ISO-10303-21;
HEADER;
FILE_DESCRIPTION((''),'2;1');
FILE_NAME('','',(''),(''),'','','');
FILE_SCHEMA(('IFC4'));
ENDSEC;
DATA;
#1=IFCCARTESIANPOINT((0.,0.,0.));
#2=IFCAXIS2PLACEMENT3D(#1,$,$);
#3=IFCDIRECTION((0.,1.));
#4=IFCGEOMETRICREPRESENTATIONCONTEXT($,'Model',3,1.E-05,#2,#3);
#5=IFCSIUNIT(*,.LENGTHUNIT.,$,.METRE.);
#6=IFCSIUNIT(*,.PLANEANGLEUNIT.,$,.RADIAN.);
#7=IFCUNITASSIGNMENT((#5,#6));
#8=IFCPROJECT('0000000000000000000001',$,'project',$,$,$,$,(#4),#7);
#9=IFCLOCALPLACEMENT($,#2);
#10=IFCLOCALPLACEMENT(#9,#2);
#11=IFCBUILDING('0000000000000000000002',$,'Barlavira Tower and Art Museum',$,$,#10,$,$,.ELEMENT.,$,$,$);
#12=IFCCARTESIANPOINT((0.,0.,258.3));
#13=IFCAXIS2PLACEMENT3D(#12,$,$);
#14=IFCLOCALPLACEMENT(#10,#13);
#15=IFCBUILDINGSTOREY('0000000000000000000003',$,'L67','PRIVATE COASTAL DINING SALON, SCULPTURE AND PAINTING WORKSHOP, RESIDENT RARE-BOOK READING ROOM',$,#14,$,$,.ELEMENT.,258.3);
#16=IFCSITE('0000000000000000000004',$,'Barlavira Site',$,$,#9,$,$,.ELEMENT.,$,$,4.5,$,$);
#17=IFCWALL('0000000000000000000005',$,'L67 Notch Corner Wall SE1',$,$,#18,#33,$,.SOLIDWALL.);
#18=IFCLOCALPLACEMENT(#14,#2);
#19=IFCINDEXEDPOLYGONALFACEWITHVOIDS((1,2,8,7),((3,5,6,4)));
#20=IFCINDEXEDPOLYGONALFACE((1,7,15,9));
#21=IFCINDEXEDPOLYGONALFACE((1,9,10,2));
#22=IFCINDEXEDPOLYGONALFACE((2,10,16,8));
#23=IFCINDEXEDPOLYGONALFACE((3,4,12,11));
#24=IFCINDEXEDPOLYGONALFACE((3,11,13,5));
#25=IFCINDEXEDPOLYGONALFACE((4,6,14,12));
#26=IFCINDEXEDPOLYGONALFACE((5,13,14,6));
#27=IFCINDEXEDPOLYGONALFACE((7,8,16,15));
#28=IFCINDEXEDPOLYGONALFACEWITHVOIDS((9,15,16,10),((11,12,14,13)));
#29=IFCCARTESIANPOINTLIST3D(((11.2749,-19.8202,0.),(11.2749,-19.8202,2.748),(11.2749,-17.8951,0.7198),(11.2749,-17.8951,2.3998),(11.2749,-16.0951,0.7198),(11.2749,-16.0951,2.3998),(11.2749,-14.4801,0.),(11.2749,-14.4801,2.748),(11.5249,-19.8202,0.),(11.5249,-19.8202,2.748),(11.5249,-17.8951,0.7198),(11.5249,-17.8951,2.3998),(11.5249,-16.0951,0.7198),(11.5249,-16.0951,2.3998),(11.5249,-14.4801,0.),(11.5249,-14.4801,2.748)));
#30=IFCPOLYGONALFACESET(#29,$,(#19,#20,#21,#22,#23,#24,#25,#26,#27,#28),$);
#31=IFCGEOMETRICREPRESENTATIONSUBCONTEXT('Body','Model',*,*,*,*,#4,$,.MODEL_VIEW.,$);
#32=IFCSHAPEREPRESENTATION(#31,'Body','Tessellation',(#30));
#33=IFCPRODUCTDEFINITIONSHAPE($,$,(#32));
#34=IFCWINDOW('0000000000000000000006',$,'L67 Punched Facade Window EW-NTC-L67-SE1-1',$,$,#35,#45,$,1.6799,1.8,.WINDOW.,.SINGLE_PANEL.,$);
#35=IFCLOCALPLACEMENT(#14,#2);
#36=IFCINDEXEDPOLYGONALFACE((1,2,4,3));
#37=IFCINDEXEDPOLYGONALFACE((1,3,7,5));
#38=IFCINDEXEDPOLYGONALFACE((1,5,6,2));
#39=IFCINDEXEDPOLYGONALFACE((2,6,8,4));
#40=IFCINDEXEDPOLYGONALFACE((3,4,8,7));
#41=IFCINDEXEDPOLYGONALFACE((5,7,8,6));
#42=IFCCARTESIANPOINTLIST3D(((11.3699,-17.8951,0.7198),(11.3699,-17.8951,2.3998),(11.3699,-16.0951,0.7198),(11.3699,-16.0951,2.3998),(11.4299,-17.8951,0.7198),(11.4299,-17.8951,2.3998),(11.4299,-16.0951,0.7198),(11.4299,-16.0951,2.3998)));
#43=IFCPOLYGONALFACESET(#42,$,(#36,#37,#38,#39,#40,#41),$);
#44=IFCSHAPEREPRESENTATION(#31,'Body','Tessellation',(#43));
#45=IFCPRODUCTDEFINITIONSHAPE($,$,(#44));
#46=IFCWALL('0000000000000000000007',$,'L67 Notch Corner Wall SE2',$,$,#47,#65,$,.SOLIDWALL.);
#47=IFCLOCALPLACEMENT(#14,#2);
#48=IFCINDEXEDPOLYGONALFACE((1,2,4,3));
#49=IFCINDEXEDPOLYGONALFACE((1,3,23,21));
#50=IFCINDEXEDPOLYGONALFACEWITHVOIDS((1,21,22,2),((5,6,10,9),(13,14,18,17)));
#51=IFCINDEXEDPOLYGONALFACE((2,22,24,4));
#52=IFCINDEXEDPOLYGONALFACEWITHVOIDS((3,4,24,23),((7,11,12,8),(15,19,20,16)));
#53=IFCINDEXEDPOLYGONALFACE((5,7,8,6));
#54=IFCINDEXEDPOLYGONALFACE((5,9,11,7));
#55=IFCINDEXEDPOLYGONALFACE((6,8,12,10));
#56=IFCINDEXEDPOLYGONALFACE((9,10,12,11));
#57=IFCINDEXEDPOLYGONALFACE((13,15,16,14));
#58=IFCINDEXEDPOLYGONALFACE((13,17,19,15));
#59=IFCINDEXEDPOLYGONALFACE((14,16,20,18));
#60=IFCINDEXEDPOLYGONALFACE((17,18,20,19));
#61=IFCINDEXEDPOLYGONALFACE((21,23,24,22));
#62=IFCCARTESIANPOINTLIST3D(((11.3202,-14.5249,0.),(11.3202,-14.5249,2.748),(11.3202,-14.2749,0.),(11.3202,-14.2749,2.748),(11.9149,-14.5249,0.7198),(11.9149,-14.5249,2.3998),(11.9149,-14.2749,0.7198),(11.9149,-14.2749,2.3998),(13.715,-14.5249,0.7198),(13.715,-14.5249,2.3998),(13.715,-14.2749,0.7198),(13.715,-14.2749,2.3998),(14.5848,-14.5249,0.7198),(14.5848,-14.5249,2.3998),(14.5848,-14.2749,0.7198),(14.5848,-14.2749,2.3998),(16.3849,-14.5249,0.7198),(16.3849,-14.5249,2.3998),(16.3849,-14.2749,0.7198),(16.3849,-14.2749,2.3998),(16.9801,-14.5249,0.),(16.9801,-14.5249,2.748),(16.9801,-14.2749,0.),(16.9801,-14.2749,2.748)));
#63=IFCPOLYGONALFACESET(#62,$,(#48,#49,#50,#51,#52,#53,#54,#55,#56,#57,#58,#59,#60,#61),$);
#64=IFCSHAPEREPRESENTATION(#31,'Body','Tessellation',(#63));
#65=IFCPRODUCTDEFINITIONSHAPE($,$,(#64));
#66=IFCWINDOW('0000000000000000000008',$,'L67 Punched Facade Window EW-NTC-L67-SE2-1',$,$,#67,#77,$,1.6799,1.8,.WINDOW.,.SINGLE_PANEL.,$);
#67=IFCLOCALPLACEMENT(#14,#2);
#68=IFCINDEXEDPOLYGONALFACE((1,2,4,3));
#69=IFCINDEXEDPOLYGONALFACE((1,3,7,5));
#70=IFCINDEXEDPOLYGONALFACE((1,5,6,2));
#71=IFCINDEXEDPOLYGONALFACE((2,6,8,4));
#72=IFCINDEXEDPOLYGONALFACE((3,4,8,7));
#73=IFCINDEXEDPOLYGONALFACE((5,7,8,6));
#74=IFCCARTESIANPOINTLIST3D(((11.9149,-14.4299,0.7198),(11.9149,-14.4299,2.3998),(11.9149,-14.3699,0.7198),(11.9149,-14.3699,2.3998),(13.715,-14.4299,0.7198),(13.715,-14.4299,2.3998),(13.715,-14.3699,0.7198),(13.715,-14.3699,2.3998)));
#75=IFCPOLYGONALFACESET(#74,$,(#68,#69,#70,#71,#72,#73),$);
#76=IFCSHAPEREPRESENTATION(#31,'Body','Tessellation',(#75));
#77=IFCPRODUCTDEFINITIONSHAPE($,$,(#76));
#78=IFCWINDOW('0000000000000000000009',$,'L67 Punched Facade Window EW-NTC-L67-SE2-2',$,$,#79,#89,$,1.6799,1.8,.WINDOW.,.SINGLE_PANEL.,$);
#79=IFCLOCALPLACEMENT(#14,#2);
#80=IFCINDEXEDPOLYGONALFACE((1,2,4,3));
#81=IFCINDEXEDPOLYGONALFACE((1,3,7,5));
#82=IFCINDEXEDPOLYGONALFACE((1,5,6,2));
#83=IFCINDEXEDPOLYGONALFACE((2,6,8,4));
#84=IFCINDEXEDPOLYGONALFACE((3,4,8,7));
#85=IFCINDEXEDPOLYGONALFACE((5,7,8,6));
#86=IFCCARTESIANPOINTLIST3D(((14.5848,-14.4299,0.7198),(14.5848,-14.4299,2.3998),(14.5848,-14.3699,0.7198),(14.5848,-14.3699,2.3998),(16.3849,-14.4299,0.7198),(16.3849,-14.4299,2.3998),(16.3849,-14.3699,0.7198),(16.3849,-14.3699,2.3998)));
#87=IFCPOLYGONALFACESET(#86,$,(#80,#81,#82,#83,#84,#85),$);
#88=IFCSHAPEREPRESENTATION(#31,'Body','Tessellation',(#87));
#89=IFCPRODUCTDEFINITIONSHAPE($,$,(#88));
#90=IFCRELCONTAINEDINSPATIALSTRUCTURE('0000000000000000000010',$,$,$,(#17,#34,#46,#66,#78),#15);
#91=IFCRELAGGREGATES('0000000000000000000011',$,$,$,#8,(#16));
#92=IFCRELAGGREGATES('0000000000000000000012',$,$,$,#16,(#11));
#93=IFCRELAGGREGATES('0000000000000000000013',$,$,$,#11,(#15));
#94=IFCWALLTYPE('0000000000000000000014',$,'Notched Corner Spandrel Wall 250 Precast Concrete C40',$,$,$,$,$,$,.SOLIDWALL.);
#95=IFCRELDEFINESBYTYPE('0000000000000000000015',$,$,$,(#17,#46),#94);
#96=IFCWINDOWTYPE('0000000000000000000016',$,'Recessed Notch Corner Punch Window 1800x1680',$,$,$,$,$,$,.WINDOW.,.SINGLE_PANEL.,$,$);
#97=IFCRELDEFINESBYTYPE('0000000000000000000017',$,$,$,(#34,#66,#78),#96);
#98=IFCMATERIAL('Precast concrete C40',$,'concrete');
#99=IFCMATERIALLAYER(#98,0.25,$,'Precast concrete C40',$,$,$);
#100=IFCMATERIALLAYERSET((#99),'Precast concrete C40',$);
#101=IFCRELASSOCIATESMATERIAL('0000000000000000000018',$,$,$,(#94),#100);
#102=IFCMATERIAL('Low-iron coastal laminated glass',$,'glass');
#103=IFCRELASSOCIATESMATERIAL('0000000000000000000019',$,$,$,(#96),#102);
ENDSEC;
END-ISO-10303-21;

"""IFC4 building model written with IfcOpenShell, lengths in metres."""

from ifc_helpers import new_model, si_unit, direction, frame, frame_2d, origin, place, context, subcontext, project, spatial, rectangle, extrude, material, layer, layer_set, type_object, element, fill, save


model = new_model("IFC4")

# Units and contexts
model_context = context("Model", 3, precision=1e-05, world=origin(), true_north=direction((0.0, 1.0)))
body_context = subcontext(model_context, "Body", "Model", "MODEL_VIEW")
ifc_project = project(units=[si_unit("LENGTHUNIT", "METRE"), si_unit("PLANEANGLEUNIT", "RADIAN")], contexts=[model_context])

# Site, building, storey
site_placement = place(None, origin())
site = spatial("IfcSite", under=ifc_project, at=site_placement, Name="Barlavira Site", CompositionType="ELEMENT", RefElevation=4.5)
building_placement = place(site_placement, origin())
building = spatial("IfcBuilding", under=site, at=building_placement, Name="Barlavira Tower and Art Museum", CompositionType="ELEMENT")
storey_placement = place(building_placement, frame((0.0, 0.0, 258.3)))
storey = spatial("IfcBuildingStorey", under=building, at=storey_placement, Name="L67", Description="PRIVATE COASTAL DINING SALON, SCULPTURE AND PAINTING WORKSHOP, RESIDENT RARE-BOOK READING ROOM", CompositionType="ELEMENT", Elevation=258.3)

# Shared definitions
ifc_material_1 = material(Name="Precast concrete C40", Category="concrete")
ifc_layer_1 = layer(ifc_material_1, 0.25, Name="Precast concrete C40")
ifc_layer_set_1 = layer_set([ifc_layer_1], Name="Precast concrete C40")
wall_type_1 = type_object("IfcWallType", Name="Notched Corner Spandrel Wall 250 Precast Concrete C40", PredefinedType="SOLIDWALL", material=ifc_layer_set_1)
ifc_material_2 = material(Name="Low-iron coastal laminated glass", Category="glass")

# Wall, opening, window
window_type_1 = type_object("IfcWindowType", Name="Recessed Notch Corner Punch Window 1800x1680", PartitioningType="SINGLE_PANEL", PredefinedType="WINDOW", material=ifc_material_2)
wall_1_placement = place(storey_placement, frame((11.3999, -19.8201, 0.0), z_axis=(0.0, 0.0, 1.0), x_axis=(0.0, 1.0, 0.0)))
wall_1 = element("IfcWall", 1, at=wall_1_placement, inside=storey, type_object=wall_type_1, Name="L67 Notch Corner Wall SE1", PredefinedType="SOLIDWALL", context=body_context, shape_type="SweptSolid", body=[
    extrude(rectangle(XDim=5.3401, YDim=0.25, at=frame_2d((2.6699, 0.0))), origin(), (0.0, 0.0, 1.0), 2.748),
])
opening_1_placement = place(wall_1_placement, frame((1.925, 0.0, 0.72)))
opening_1 = element("IfcOpeningElement", 2, at=opening_1_placement, cuts=wall_1, PredefinedType="OPENING", context=body_context, shape_type="SweptSolid", body=[
    extrude(rectangle(XDim=1.8, YDim=1.6799, at=frame_2d((0.8999, 0.8398))), frame((0.0, 0.135, 0.0), z_axis=(0.0, -1.0, 0.0), x_axis=(1.0, 0.0, 0.0)), (0.0, 0.0, 1.0), 0.27),
])
window_1_placement = place(opening_1_placement, origin())
window_1 = element("IfcWindow", 3, at=window_1_placement, inside=storey, type_object=window_type_1, Name="L67 Punched Facade Window EW-NTC-L67-SE1-1", OverallHeight=1.6799, OverallWidth=1.8, PartitioningType="SINGLE_PANEL", PredefinedType="WINDOW", context=body_context, shape_type="SweptSolid", body=[
    extrude(rectangle(XDim=1.8, YDim=1.6799, at=frame_2d((0.8999, 0.8398))), frame((0.0, 0.03, 0.0), z_axis=(0.0, -1.0, 0.0), x_axis=(1.0, 0.0, 0.0)), (0.0, 0.0, 1.0), 0.0601),
])
fill(opening_1, window_1)

# Wall, openings, windows
wall_2_placement = place(storey_placement, frame((11.3201, -14.3999, 0.0), z_axis=(0.0, 0.0, 1.0), x_axis=(1.0, 0.0, 0.0)))
wall_2 = element("IfcWall", 4, at=wall_2_placement, inside=storey, type_object=wall_type_1, Name="L67 Notch Corner Wall SE2", PredefinedType="SOLIDWALL", context=body_context, shape_type="SweptSolid", body=[
    extrude(rectangle(XDim=5.6599, YDim=0.25, at=frame_2d((2.8301, 0.0))), origin(), (0.0, 0.0, 1.0), 2.748),
])
opening_2_placement = place(wall_2_placement, frame((0.595, 0.0, 0.72)))
opening_2 = element("IfcOpeningElement", 5, at=opening_2_placement, cuts=wall_2, PredefinedType="OPENING", context=body_context, shape_type="SweptSolid", body=[
    extrude(rectangle(XDim=1.8, YDim=1.6799, at=frame_2d((0.8999, 0.8398))), frame((0.0, 0.135, 0.0), z_axis=(0.0, -1.0, 0.0), x_axis=(1.0, 0.0, 0.0)), (0.0, 0.0, 1.0), 0.27),
])
opening_3_placement = place(wall_2_placement, frame((3.2649, 0.0, 0.72)))
opening_3 = element("IfcOpeningElement", 6, at=opening_3_placement, cuts=wall_2, PredefinedType="OPENING", context=body_context, shape_type="SweptSolid", body=[
    extrude(rectangle(XDim=1.8, YDim=1.6799, at=frame_2d((0.8999, 0.8398))), frame((0.0, 0.135, 0.0), z_axis=(0.0, -1.0, 0.0), x_axis=(1.0, 0.0, 0.0)), (0.0, 0.0, 1.0), 0.27),
])
window_2_placement = place(opening_2_placement, origin())
window_2 = element("IfcWindow", 7, at=window_2_placement, inside=storey, type_object=window_type_1, Name="L67 Punched Facade Window EW-NTC-L67-SE2-1", OverallHeight=1.6799, OverallWidth=1.8, PartitioningType="SINGLE_PANEL", PredefinedType="WINDOW", context=body_context, shape_type="SweptSolid", body=[
    extrude(rectangle(XDim=1.8, YDim=1.6799, at=frame_2d((0.8999, 0.8398))), frame((0.0, 0.03, 0.0), z_axis=(0.0, -1.0, 0.0), x_axis=(1.0, 0.0, 0.0)), (0.0, 0.0, 1.0), 0.0601),
])
fill(opening_2, window_2)
window_3_placement = place(opening_3_placement, origin())
window_3 = element("IfcWindow", 8, at=window_3_placement, inside=storey, type_object=window_type_1, Name="L67 Punched Facade Window EW-NTC-L67-SE2-2", OverallHeight=1.6799, OverallWidth=1.8, PartitioningType="SINGLE_PANEL", PredefinedType="WINDOW", context=body_context, shape_type="SweptSolid", body=[
    extrude(rectangle(XDim=1.8, YDim=1.6799, at=frame_2d((0.8999, 0.8398))), frame((0.0, 0.03, 0.0), z_axis=(0.0, -1.0, 0.0), x_axis=(1.0, 0.0, 0.0)), (0.0, 0.0, 1.0), 0.0601),
])
fill(opening_3, window_3)

save(model, "model.ifc")
